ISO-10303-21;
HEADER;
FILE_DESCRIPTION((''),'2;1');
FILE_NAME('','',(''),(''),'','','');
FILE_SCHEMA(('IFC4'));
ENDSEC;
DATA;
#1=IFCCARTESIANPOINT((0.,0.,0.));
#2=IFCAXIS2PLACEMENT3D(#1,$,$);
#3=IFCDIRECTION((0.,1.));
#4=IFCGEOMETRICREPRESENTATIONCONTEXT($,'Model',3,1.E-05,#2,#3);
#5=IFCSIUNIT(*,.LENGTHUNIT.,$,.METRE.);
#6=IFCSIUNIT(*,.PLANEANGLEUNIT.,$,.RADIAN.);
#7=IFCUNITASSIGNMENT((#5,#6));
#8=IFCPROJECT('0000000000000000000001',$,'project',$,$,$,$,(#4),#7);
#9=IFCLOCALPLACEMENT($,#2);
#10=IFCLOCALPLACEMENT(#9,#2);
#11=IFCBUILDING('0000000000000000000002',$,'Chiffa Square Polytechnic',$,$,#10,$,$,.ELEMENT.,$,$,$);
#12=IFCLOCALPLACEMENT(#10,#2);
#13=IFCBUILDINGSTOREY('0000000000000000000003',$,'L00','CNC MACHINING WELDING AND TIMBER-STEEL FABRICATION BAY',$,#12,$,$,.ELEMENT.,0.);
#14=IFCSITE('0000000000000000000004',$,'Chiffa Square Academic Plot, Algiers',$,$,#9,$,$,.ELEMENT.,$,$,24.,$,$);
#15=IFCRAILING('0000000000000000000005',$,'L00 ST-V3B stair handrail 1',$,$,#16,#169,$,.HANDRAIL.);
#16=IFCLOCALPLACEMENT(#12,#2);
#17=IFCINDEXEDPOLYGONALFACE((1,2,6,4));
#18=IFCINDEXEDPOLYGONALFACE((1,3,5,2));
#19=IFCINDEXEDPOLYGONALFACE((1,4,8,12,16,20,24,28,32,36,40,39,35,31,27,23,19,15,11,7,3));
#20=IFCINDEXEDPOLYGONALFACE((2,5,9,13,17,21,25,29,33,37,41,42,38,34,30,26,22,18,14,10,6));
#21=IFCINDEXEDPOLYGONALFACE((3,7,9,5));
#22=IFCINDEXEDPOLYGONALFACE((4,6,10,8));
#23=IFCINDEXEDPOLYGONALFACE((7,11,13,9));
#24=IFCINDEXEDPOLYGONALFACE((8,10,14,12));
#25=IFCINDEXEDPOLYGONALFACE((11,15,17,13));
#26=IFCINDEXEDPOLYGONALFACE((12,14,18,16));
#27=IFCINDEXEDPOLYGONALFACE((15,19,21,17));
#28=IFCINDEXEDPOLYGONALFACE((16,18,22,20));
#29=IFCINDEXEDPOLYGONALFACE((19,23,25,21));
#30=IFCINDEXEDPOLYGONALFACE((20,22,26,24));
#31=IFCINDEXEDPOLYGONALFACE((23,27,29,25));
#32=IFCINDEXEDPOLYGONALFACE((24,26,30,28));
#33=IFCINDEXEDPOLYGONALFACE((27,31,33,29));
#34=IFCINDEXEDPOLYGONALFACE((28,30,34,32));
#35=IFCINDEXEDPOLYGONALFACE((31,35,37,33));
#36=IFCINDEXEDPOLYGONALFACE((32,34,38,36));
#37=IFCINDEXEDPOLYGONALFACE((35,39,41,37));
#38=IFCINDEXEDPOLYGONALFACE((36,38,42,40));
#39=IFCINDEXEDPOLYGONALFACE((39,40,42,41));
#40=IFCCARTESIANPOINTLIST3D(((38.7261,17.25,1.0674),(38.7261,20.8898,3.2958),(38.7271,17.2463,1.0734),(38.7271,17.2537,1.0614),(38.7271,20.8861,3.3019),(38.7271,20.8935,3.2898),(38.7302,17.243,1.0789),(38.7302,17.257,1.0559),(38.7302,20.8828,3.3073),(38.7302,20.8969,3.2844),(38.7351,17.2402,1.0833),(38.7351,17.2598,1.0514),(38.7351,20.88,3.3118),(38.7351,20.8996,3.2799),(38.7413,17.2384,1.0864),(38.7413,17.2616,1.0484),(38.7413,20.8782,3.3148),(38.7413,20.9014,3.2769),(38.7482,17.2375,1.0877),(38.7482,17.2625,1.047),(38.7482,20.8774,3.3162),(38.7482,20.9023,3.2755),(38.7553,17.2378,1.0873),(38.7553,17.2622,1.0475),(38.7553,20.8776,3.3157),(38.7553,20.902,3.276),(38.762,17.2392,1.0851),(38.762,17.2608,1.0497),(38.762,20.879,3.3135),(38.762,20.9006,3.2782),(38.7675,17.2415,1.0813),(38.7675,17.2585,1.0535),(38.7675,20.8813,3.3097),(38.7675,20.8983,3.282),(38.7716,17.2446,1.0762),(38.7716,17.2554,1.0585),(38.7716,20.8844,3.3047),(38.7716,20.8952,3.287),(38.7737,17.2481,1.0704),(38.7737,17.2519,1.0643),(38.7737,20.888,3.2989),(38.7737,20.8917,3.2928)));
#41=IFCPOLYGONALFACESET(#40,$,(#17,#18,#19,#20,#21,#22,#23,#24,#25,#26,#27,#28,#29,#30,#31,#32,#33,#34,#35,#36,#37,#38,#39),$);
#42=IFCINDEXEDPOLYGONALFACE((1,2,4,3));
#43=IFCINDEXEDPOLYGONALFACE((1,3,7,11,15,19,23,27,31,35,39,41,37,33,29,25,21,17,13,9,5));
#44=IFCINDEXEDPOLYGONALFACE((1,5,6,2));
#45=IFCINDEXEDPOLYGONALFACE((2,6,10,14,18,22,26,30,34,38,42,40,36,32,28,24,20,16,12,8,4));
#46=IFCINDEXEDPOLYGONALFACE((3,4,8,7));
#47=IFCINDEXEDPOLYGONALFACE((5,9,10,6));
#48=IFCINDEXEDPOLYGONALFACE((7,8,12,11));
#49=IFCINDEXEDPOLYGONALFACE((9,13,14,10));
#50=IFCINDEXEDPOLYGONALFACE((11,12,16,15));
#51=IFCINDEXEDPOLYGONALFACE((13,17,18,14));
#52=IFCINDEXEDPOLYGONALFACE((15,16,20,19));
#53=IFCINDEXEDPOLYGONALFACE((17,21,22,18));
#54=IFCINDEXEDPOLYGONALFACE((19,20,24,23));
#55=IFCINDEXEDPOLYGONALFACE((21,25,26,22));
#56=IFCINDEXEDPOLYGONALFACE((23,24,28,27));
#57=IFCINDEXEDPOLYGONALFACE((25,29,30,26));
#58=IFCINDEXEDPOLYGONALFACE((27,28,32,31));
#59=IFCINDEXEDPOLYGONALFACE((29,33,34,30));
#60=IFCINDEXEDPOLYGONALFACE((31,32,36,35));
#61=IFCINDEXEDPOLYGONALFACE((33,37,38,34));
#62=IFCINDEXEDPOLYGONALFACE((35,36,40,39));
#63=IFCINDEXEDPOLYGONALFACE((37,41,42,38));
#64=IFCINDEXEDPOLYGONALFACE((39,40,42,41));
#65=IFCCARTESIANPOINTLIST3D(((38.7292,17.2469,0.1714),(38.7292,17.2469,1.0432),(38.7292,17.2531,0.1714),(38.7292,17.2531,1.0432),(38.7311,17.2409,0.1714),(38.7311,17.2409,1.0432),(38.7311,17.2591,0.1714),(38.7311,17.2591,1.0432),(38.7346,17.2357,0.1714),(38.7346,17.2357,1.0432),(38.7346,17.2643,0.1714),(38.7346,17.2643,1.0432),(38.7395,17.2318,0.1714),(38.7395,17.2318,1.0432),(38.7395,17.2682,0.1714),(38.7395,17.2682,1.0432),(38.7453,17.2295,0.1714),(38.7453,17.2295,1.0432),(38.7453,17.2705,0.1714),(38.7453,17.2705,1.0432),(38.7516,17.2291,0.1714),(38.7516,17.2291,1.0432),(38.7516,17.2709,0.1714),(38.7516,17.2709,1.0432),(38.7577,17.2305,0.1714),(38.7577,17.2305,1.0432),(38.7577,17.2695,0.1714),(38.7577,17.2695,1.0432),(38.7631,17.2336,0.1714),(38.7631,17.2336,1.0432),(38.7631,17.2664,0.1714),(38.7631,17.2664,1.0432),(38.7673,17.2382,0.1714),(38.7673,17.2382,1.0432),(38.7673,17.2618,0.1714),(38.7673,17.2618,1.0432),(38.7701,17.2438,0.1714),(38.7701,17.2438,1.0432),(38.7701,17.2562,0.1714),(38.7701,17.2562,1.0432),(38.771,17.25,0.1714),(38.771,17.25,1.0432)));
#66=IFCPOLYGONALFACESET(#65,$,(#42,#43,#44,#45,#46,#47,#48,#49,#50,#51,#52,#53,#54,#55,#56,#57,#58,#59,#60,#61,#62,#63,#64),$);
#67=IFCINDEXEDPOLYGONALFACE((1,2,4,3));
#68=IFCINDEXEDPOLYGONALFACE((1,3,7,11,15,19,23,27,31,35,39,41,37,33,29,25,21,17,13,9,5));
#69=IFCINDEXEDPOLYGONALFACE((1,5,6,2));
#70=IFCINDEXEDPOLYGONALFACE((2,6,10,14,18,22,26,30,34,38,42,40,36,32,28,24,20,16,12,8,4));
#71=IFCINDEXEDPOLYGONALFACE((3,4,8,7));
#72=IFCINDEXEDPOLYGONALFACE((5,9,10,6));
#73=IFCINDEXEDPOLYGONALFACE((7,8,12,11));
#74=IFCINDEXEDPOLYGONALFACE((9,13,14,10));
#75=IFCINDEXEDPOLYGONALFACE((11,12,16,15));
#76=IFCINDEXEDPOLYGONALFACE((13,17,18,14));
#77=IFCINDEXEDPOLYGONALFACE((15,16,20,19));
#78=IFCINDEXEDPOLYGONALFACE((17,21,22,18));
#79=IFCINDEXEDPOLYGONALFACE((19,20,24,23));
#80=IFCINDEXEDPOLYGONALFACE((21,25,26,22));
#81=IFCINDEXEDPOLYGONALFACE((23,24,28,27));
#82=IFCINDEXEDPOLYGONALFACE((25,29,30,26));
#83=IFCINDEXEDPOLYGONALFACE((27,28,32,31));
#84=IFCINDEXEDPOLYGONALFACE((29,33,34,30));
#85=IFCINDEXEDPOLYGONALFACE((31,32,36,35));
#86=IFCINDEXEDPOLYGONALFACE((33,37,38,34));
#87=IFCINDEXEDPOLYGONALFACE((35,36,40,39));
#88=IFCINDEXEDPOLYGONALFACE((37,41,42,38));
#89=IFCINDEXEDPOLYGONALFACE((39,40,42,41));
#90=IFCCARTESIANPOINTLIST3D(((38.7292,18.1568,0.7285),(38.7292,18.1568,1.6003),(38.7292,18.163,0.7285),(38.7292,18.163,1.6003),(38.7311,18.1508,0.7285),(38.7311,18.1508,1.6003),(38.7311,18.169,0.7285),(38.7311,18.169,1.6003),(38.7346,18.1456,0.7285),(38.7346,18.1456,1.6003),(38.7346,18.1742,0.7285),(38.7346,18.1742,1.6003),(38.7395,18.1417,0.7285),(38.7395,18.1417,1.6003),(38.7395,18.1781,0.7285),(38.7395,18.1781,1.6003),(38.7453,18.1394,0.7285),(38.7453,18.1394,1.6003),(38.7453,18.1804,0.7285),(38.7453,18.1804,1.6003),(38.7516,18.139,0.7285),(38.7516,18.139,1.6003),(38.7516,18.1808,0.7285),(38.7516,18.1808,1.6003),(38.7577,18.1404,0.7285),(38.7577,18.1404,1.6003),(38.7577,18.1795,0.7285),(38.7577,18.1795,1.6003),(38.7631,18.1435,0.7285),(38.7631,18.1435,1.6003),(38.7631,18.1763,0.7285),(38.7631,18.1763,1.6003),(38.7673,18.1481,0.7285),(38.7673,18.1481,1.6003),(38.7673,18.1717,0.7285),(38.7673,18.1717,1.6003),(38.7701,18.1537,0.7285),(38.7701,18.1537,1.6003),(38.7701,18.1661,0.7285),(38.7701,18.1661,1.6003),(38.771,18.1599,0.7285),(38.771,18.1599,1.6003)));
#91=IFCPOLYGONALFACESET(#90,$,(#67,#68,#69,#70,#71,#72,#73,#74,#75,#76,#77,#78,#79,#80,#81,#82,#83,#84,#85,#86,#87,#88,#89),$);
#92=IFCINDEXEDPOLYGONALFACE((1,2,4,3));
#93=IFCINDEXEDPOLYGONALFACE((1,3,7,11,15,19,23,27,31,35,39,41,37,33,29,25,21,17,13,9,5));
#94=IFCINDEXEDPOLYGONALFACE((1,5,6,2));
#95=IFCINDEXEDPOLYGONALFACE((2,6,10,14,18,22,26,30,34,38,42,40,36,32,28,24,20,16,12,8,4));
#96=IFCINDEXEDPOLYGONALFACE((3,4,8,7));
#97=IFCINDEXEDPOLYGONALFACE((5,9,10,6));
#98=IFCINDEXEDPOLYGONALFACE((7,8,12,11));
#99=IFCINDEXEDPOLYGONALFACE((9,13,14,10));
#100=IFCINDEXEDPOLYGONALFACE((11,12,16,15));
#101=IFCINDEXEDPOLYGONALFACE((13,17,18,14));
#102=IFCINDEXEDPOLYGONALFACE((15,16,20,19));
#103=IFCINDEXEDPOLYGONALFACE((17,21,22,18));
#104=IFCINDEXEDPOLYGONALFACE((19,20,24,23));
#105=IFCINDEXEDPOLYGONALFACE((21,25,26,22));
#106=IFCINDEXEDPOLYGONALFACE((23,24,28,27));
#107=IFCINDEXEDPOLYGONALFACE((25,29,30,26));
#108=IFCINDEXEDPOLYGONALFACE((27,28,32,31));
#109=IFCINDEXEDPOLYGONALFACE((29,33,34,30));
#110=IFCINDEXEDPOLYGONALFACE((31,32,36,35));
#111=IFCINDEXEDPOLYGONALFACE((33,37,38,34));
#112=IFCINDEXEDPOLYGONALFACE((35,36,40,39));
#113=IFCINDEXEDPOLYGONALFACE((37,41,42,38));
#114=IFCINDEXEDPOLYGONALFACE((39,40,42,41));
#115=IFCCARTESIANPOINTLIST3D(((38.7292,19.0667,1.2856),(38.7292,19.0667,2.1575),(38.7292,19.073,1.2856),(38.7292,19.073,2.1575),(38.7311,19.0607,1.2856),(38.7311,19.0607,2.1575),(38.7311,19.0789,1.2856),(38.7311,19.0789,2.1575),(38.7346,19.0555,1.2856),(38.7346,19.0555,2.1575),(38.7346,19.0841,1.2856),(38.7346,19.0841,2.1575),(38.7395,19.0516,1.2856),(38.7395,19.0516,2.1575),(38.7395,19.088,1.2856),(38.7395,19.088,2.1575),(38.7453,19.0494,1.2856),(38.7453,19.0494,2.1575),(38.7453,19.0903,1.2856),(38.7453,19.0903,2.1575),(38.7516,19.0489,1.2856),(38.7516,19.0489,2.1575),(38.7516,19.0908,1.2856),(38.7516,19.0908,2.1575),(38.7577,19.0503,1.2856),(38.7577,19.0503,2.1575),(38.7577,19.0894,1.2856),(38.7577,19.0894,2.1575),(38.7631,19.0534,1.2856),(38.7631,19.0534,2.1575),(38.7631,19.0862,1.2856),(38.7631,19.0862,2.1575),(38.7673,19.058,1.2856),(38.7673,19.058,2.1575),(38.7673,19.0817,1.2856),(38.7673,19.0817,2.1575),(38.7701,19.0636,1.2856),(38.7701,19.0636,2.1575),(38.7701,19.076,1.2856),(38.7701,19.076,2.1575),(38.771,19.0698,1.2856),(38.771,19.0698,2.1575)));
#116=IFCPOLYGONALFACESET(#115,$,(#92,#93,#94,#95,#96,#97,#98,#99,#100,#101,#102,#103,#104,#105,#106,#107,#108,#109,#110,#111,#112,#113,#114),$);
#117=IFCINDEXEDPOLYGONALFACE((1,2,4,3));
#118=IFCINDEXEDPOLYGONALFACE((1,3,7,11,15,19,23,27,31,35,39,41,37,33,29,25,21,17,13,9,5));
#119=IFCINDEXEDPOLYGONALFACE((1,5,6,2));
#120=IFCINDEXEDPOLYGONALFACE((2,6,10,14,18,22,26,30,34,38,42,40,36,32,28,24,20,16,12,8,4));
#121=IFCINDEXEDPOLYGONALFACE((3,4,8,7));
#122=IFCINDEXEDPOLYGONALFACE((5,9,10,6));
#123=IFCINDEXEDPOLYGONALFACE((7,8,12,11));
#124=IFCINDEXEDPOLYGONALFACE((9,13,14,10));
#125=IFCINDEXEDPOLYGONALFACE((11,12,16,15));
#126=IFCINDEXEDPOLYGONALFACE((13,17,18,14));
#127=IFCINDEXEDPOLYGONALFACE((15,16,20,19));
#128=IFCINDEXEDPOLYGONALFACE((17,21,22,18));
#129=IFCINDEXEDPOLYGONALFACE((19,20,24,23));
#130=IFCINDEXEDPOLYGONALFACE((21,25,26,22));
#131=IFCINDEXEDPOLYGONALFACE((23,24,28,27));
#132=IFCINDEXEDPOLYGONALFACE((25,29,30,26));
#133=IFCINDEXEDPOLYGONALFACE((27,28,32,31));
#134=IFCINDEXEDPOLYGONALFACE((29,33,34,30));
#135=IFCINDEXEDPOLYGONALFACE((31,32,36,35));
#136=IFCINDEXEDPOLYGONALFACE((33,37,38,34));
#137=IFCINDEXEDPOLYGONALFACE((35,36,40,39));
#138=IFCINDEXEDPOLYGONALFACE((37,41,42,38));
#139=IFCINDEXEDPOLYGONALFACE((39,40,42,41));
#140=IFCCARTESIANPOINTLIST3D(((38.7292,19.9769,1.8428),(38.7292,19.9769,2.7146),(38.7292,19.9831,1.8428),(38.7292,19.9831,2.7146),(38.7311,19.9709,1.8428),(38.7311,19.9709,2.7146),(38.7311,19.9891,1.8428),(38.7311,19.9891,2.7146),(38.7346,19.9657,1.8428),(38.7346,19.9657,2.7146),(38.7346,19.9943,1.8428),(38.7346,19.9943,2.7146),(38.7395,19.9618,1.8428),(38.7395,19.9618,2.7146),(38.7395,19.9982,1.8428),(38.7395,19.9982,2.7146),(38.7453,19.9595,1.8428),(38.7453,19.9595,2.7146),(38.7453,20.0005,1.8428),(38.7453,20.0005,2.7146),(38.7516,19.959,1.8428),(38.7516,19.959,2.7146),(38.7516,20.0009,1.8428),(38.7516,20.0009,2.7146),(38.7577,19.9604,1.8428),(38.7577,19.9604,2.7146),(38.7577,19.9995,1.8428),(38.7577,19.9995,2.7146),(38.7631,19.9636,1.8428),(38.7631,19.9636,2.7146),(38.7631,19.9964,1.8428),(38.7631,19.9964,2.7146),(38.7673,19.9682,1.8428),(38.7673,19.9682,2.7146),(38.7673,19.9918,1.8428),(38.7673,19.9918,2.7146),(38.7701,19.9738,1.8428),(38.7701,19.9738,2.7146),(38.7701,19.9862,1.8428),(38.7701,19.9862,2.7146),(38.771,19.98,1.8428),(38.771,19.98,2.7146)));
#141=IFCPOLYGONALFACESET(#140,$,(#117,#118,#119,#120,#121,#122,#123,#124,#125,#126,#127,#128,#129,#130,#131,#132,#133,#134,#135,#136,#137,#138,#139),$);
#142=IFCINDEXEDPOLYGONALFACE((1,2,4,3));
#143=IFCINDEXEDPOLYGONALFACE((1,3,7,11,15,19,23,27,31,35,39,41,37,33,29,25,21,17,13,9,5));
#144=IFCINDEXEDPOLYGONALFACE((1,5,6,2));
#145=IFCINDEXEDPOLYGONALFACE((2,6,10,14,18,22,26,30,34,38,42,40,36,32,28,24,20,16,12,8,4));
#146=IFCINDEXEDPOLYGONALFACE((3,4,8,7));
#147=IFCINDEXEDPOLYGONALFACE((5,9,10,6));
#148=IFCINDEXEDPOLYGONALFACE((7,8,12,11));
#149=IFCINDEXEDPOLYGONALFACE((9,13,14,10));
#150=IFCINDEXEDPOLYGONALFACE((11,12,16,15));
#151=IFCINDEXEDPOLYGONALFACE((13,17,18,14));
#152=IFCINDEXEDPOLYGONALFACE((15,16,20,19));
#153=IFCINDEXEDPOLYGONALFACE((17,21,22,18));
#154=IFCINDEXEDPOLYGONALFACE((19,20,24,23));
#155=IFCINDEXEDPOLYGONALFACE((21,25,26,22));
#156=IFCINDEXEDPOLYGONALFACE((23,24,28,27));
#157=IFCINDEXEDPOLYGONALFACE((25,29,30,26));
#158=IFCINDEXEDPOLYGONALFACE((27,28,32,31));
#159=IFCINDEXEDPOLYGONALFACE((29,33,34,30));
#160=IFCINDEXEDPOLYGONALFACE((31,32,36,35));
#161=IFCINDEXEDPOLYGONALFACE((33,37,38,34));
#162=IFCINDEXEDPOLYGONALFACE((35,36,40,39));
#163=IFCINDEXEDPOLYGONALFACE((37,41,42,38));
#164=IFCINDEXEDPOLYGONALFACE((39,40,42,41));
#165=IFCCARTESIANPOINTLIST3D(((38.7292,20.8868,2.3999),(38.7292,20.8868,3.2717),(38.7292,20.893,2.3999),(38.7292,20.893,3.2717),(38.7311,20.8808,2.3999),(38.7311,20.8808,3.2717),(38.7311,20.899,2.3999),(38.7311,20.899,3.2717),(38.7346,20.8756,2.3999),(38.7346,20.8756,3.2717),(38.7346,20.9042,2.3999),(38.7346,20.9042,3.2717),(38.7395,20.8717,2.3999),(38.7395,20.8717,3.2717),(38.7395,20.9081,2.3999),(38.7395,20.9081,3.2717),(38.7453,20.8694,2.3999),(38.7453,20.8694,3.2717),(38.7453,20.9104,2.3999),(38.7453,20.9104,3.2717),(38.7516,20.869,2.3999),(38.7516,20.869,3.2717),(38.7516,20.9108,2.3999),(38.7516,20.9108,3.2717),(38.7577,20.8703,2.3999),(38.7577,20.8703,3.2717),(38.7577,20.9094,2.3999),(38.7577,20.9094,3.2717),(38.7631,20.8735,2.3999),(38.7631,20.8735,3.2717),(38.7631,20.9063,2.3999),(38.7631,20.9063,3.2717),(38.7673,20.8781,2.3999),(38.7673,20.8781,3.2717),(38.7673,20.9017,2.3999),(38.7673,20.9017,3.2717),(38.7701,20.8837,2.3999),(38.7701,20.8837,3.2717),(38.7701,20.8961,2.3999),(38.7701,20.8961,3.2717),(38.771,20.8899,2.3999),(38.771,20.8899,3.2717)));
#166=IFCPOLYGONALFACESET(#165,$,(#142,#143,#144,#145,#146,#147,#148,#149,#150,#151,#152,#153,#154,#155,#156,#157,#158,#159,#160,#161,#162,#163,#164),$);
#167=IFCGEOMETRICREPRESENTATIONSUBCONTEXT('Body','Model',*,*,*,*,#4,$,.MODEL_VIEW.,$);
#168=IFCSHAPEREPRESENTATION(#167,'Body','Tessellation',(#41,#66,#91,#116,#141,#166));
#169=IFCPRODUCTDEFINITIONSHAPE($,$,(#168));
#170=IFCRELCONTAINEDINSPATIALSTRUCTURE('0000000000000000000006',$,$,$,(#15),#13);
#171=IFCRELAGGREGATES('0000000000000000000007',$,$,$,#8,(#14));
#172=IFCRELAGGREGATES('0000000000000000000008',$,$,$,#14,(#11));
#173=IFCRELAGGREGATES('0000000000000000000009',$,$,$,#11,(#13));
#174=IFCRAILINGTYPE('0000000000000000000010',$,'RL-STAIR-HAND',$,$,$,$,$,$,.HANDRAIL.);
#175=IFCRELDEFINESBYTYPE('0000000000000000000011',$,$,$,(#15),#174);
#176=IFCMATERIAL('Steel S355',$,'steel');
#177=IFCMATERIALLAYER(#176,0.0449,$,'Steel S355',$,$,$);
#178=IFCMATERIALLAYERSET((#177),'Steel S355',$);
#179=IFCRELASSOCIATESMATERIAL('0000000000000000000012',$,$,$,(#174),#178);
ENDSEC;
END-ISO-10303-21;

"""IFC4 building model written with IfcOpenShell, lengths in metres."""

from ifc_helpers import new_model, si_unit, direction, frame, origin, origin_2d, place, context, subcontext, project, spatial, circle, extrude, material, layer, layer_set, type_object, element, save


model = new_model("IFC4")

# Units and contexts
model_context = context("Model", 3, precision=1e-05, world=origin(), true_north=direction((0.0, 1.0)))
body_context = subcontext(model_context, "Body", "Model", "MODEL_VIEW")
ifc_project = project(units=[si_unit("LENGTHUNIT", "METRE"), si_unit("PLANEANGLEUNIT", "RADIAN")], contexts=[model_context])

# Site, building, storey
site_placement = place(None, origin())
site = spatial("IfcSite", under=ifc_project, at=site_placement, Name="Chiffa Square Academic Plot, Algiers", CompositionType="ELEMENT", RefElevation=24.0)
building_placement = place(site_placement, origin())
building = spatial("IfcBuilding", under=site, at=building_placement, Name="Chiffa Square Polytechnic", CompositionType="ELEMENT")
storey_placement = place(building_placement, origin())
storey = spatial("IfcBuildingStorey", under=building, at=storey_placement, Name="L00", Description="CNC MACHINING WELDING AND TIMBER-STEEL FABRICATION BAY", CompositionType="ELEMENT", Elevation=0.0)

# Railing
ifc_material_1 = material(Name="Steel S355", Category="steel")
ifc_layer_1 = layer(ifc_material_1, 0.0449, Name="Steel S355")
ifc_layer_set_1 = layer_set([ifc_layer_1], Name="Steel S355")
railing_type_1 = type_object("IfcRailingType", Name="RL-STAIR-HAND", PredefinedType="HANDRAIL", material=ifc_layer_set_1)
railing_1_placement = place(storey_placement, frame((38.75, 17.25, 0.1714)))
element("IfcRailing", 1, at=railing_1_placement, inside=storey, type_object=railing_type_1, Name="L00 ST-V3B stair handrail 1", PredefinedType="HANDRAIL", context=body_context, shape_type="SweptSolid", body=[
    extrude(circle(Radius=0.0239, at=origin_2d()), frame((0.0, 0.0, 0.896), z_axis=(0.0, 0.85285, 0.522156), x_axis=(-1.0, 0.0, 0.0)), (0.0, 0.0, 1.0), 4.2678),
    extrude(circle(Radius=0.021, at=origin_2d()), origin(), (0.0, 0.0, 1.0), 0.8718),
    extrude(circle(Radius=0.021, at=origin_2d()), frame((0.0, 0.9099, 0.5571)), (0.0, 0.0, 1.0), 0.8718),
    extrude(circle(Radius=0.021, at=origin_2d()), frame((0.0, 1.8198, 1.1143)), (0.0, 0.0, 1.0), 0.8718),
    extrude(circle(Radius=0.021, at=origin_2d()), frame((0.0, 2.73, 1.6714)), (0.0, 0.0, 1.0), 0.8718),
    extrude(circle(Radius=0.021, at=origin_2d()), frame((0.0, 3.6399, 2.2285)), (0.0, 0.0, 1.0), 0.8718),
])

save(model, "model.ifc")
